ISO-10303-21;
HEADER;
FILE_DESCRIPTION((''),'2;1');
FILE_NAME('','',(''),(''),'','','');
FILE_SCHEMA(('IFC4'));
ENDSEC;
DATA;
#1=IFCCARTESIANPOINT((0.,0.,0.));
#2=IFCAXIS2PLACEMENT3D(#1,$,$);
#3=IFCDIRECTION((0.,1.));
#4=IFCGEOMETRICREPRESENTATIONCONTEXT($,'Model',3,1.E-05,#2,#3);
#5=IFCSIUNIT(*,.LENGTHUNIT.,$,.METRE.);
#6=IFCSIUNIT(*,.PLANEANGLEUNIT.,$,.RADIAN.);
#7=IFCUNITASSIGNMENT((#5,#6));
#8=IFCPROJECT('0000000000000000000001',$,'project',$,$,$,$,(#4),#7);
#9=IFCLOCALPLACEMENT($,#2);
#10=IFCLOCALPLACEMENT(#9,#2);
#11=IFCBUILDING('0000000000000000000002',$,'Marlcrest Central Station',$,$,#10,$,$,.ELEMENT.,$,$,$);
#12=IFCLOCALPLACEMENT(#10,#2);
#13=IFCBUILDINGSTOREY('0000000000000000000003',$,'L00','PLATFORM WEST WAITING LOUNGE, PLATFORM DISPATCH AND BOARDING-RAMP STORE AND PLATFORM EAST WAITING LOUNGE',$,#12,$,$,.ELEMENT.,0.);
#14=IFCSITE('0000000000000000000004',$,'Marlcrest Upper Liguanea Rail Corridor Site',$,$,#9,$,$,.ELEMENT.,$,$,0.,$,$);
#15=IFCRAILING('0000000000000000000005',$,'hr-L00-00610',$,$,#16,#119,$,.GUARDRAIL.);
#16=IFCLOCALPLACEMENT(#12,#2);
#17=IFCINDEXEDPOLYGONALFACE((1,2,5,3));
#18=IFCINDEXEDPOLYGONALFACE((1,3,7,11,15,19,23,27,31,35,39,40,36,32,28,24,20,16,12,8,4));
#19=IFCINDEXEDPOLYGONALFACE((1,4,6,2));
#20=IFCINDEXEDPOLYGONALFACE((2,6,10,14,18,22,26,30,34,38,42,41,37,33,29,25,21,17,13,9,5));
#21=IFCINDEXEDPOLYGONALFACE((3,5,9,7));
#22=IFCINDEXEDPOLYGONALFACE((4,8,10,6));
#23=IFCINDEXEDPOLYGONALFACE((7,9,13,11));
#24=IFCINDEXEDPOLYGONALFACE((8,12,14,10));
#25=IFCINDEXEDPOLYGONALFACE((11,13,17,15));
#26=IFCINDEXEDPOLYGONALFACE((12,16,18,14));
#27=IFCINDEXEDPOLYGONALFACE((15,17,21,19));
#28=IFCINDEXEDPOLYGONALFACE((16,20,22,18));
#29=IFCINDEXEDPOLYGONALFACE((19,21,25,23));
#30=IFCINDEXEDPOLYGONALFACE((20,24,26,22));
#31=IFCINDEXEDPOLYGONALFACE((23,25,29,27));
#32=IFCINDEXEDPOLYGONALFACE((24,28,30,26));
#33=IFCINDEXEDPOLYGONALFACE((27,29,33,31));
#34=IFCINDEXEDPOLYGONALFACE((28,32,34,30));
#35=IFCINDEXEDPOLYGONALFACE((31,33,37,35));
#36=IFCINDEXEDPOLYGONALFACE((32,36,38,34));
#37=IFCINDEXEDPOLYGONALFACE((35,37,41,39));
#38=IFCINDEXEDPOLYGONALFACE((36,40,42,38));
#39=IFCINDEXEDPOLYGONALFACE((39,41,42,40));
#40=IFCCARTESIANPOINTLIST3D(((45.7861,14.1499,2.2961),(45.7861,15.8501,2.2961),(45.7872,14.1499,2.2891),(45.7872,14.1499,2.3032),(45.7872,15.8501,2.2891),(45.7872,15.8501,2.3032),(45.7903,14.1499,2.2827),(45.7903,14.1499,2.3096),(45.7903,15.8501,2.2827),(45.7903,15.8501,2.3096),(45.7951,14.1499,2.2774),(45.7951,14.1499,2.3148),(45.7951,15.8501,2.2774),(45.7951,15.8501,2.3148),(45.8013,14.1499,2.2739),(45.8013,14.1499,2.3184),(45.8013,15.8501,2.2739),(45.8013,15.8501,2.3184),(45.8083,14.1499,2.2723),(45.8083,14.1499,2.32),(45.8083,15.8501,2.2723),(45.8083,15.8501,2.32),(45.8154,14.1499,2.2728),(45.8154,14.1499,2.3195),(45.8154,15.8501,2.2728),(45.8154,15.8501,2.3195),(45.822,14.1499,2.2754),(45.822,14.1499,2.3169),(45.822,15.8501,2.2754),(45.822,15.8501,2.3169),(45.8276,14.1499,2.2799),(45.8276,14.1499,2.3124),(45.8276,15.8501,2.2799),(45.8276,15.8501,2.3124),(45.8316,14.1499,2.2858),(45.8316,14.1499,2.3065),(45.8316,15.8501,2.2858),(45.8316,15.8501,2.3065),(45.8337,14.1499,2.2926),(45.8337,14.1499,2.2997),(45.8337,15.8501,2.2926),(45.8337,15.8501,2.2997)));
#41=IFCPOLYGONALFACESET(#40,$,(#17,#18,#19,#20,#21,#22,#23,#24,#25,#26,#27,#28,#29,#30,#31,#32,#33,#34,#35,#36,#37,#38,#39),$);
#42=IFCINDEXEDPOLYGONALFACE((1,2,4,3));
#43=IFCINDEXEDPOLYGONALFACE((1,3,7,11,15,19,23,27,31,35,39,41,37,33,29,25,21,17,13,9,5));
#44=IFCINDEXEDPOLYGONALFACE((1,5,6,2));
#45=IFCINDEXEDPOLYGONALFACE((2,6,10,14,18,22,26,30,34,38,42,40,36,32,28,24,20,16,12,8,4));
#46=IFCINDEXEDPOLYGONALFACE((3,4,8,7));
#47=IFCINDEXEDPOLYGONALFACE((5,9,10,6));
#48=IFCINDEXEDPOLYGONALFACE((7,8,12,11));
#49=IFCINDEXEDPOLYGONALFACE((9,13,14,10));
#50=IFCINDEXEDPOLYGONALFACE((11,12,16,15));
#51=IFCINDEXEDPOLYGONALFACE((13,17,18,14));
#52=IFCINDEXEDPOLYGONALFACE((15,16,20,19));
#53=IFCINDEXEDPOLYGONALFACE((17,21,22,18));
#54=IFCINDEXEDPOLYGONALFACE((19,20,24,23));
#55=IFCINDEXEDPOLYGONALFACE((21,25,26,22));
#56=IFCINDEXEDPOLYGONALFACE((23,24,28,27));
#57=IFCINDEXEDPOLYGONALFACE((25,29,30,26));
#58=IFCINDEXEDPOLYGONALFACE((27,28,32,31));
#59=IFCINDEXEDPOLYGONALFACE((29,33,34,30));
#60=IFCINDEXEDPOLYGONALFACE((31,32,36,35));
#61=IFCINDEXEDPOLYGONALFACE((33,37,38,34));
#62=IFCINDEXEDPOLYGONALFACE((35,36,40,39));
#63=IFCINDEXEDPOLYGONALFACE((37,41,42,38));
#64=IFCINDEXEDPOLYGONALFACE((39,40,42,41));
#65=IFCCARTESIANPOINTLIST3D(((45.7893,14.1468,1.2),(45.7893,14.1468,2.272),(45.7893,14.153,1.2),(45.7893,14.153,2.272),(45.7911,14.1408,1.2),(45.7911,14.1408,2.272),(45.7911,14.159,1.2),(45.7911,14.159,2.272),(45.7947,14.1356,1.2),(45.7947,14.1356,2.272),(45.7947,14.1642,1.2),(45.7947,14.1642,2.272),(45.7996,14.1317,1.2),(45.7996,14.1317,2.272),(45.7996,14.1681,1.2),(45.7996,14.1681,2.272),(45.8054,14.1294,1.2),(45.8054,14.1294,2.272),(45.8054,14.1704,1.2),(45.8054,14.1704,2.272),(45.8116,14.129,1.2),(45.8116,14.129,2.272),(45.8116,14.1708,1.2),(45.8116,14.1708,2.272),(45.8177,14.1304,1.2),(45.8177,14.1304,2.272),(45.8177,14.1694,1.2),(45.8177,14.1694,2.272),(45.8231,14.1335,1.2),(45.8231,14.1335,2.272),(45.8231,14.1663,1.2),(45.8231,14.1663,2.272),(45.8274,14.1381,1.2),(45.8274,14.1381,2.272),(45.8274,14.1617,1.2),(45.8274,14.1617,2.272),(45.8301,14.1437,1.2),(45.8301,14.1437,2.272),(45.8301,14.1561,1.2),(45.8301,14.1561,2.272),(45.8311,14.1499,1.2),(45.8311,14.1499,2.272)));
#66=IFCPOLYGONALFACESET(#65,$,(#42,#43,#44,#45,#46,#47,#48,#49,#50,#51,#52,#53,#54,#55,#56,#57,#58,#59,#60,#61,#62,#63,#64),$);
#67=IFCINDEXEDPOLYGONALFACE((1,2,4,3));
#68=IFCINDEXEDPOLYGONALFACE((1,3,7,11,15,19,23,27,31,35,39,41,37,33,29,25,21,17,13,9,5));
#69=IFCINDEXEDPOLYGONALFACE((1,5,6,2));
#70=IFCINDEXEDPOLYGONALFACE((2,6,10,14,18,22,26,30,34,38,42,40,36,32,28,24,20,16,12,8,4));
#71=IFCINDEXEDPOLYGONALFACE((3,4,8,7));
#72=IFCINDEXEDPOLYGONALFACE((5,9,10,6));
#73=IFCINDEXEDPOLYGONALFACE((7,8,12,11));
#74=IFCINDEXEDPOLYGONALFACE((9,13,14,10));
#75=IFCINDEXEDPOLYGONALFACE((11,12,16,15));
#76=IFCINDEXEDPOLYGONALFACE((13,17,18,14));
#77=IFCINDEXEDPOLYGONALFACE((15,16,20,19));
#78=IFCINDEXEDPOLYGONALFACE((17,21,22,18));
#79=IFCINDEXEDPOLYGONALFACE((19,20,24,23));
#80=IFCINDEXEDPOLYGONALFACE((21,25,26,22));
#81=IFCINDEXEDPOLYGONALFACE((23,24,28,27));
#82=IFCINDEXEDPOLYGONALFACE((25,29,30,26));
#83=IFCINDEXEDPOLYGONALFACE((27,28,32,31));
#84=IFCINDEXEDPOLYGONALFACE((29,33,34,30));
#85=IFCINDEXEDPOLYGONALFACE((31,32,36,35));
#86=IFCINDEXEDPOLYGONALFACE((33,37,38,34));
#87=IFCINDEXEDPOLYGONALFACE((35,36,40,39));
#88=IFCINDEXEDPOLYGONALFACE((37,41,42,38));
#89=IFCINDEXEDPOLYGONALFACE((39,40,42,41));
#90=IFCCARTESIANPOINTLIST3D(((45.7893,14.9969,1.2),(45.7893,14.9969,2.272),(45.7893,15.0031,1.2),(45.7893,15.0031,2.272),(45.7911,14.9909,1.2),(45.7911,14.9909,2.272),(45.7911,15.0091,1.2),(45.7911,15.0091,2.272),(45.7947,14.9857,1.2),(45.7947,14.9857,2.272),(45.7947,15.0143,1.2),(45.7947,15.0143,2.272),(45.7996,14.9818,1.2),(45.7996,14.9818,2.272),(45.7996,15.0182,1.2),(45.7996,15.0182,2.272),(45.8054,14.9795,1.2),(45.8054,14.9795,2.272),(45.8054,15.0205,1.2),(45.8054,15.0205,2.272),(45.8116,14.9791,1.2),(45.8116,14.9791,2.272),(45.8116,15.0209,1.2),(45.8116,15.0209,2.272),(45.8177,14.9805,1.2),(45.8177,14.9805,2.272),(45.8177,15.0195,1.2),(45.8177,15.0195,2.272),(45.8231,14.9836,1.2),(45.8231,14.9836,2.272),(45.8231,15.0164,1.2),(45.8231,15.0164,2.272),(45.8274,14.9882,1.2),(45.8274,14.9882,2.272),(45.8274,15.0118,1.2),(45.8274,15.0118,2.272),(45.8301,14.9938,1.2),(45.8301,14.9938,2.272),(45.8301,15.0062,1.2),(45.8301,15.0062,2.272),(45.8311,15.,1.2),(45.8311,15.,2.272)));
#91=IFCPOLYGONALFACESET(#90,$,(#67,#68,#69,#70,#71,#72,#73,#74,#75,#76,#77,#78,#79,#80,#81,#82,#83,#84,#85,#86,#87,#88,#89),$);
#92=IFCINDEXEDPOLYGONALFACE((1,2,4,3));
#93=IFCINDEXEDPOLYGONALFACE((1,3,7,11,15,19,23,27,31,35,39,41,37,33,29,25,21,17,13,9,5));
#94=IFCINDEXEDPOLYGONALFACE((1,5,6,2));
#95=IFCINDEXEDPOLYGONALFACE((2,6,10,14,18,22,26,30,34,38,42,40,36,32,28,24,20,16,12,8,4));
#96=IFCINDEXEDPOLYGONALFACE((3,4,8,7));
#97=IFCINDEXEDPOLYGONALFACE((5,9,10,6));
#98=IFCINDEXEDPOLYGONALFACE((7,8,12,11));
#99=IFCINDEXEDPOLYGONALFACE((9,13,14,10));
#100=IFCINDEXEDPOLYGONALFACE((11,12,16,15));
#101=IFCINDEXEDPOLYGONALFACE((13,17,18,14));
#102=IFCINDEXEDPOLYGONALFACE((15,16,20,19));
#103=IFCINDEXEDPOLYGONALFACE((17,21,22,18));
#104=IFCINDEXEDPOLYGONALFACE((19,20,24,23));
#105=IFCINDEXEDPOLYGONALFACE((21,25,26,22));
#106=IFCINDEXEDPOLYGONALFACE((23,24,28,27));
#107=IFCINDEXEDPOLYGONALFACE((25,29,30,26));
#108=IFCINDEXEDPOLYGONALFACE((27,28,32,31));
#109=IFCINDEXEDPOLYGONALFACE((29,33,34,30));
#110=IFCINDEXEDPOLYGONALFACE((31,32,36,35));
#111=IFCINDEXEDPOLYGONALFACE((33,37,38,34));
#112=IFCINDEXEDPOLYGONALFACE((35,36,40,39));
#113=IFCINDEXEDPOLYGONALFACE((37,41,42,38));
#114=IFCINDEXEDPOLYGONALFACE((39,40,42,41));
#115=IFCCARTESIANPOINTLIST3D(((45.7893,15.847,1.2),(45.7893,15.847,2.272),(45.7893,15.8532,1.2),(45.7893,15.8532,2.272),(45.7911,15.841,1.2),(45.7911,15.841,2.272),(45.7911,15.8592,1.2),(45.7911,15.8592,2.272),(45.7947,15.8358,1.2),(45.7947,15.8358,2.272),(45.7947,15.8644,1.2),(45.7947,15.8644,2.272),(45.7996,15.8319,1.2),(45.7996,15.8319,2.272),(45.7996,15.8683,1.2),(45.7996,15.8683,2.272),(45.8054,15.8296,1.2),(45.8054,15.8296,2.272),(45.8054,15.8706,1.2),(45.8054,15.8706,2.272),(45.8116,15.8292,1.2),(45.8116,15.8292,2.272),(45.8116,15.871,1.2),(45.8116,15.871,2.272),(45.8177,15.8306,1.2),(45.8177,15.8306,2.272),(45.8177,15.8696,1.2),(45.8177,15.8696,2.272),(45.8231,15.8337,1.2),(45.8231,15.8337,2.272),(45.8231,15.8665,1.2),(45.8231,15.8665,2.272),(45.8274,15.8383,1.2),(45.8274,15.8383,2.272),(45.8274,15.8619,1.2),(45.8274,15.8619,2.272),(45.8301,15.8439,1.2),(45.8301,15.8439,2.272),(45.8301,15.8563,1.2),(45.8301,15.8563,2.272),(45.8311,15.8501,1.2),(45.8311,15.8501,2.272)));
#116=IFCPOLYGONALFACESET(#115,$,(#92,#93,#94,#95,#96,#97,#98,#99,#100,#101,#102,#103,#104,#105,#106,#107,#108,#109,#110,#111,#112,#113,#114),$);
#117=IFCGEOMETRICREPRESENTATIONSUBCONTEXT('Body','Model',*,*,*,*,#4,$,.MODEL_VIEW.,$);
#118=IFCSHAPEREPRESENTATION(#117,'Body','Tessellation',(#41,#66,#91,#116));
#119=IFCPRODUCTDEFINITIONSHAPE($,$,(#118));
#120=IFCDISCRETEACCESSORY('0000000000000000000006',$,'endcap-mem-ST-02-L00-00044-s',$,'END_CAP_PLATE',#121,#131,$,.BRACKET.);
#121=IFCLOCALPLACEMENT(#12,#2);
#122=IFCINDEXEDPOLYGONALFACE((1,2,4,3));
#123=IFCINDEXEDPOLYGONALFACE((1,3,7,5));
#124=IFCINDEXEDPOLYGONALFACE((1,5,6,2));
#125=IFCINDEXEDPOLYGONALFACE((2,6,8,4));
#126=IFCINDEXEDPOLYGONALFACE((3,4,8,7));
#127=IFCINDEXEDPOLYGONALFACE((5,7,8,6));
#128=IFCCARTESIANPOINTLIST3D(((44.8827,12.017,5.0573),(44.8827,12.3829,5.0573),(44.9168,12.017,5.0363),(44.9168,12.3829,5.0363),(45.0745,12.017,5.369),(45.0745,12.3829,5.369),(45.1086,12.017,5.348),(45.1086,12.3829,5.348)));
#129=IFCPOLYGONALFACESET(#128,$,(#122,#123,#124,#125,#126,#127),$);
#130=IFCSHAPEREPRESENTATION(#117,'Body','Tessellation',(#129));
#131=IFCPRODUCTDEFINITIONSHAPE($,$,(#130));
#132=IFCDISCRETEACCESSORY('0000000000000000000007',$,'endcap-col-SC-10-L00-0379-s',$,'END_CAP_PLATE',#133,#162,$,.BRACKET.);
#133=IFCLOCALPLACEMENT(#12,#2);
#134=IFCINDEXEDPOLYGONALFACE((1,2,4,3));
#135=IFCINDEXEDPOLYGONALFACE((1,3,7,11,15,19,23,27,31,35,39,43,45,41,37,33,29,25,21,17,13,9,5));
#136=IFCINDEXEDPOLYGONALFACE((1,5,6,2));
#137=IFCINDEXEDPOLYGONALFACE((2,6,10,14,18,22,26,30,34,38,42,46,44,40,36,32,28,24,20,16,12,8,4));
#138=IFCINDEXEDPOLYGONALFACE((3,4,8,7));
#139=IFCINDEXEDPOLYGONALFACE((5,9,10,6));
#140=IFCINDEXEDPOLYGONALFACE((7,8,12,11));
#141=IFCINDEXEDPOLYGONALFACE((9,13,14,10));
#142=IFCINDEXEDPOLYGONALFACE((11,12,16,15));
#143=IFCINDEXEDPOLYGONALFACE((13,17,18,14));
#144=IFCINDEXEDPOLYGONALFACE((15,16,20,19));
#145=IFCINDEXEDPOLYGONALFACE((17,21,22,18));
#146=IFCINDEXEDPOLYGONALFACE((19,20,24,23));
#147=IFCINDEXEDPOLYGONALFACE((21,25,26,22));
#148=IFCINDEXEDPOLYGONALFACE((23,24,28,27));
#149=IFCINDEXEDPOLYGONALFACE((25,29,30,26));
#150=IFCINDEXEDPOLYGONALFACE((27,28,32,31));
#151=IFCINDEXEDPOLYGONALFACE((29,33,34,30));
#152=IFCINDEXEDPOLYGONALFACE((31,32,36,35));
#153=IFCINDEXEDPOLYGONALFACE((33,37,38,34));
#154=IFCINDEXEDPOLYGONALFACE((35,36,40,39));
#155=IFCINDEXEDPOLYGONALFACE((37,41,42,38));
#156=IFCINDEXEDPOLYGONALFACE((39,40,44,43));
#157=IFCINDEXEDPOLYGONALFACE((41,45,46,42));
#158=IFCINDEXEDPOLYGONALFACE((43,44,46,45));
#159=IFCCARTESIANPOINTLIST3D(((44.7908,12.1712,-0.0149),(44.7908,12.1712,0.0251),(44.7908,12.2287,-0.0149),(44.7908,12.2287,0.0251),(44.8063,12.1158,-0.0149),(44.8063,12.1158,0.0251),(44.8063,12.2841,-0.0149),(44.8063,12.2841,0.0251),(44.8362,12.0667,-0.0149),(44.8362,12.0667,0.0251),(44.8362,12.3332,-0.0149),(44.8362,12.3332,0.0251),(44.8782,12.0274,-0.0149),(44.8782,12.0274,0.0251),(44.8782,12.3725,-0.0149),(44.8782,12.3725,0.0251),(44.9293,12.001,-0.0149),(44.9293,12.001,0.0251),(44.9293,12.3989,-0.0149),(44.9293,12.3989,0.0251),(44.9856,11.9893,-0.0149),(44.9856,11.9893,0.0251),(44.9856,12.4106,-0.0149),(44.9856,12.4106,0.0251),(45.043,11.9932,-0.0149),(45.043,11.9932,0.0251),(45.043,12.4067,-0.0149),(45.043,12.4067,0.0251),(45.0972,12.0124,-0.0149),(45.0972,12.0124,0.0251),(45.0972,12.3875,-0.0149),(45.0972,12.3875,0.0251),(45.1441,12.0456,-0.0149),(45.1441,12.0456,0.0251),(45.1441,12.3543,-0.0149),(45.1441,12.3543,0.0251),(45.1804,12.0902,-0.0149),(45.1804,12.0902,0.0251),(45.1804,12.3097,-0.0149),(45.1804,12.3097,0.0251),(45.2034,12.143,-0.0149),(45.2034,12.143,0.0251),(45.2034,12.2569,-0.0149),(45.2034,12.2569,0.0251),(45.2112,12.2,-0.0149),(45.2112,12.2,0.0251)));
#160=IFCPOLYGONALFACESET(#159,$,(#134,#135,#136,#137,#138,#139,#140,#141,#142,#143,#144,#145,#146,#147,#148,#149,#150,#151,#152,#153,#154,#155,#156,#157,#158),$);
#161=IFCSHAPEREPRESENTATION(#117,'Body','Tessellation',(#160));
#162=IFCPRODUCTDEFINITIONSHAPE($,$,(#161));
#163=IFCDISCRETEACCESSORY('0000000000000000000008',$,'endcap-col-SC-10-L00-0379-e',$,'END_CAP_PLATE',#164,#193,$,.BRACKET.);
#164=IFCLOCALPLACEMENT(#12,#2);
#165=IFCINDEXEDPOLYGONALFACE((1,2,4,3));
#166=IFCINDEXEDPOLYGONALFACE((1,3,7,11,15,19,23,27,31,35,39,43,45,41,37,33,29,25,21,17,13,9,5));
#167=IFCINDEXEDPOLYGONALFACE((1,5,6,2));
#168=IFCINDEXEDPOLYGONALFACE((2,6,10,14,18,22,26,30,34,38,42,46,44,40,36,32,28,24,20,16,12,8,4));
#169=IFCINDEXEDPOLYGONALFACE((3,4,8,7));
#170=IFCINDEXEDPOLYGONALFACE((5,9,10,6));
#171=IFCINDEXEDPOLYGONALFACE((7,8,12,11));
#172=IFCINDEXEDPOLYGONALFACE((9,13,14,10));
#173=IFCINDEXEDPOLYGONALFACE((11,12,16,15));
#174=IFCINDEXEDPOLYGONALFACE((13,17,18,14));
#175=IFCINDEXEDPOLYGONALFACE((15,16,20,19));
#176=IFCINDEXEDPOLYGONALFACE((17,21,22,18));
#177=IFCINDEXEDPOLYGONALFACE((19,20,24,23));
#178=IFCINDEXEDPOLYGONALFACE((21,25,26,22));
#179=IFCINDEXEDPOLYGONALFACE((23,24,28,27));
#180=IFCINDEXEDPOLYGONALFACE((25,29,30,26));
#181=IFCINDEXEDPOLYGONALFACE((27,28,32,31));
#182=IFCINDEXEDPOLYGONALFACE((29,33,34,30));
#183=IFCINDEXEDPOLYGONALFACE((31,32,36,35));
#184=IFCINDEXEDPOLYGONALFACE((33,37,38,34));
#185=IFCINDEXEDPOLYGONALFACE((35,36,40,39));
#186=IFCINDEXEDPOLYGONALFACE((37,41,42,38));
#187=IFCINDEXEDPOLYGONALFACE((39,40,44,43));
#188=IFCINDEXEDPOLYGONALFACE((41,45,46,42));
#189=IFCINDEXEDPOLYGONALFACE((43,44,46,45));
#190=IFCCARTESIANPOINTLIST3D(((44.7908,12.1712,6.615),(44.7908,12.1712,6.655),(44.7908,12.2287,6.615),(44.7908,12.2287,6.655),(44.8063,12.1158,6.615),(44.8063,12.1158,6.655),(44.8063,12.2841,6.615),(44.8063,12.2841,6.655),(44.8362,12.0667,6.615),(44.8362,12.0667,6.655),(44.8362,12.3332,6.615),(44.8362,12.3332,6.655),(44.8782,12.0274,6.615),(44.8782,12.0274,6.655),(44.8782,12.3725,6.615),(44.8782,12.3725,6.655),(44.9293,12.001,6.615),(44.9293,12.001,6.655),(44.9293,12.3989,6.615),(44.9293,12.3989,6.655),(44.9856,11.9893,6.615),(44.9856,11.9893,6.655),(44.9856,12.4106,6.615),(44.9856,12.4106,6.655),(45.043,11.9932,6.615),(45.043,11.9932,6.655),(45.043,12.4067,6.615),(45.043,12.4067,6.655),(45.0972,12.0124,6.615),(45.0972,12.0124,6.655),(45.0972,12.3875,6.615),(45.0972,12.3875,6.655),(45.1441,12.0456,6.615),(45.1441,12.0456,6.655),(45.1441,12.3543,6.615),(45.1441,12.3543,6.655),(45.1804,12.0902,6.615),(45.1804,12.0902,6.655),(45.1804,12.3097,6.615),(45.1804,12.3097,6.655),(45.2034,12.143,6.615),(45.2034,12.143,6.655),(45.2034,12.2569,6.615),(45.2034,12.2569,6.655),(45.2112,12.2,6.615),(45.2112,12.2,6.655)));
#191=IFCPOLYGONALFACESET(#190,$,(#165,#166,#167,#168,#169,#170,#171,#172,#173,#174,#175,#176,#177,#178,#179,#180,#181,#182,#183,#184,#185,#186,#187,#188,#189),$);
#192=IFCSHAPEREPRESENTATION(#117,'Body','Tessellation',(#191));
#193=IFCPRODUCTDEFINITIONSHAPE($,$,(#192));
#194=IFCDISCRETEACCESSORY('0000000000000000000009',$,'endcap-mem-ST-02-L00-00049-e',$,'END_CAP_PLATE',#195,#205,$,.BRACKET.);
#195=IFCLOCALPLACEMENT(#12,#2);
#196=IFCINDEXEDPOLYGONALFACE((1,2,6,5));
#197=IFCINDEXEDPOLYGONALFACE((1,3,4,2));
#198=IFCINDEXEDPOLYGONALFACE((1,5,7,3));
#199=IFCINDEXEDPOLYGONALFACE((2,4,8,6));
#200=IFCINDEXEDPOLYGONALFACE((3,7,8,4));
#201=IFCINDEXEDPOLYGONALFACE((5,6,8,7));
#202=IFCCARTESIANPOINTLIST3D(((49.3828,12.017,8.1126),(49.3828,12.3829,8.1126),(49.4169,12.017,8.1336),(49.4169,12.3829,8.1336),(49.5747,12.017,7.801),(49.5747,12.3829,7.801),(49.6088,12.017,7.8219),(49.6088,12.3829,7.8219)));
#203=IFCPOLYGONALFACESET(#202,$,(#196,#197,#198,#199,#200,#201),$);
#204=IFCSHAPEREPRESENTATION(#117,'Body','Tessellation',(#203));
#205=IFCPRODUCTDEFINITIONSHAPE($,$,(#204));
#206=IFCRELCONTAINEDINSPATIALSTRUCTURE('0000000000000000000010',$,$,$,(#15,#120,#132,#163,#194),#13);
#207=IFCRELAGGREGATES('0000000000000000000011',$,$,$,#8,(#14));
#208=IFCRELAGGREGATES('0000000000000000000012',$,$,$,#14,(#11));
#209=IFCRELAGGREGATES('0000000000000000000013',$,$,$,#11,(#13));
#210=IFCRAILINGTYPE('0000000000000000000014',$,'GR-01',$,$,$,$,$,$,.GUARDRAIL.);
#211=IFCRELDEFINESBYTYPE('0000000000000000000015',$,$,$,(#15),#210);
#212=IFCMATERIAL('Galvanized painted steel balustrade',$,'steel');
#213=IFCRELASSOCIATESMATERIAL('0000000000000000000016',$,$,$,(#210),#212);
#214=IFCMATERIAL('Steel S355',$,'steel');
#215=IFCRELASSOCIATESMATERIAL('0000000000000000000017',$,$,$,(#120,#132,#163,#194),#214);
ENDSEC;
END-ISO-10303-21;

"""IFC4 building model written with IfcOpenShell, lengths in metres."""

from ifc_helpers import new_model, si_unit, direction, frame, origin, origin_2d, place, context, subcontext, project, spatial, rectangle, circle, extrude, material, type_object, element, save


model = new_model("IFC4")

# Units and contexts
model_context = context("Model", 3, precision=1e-05, world=origin(), true_north=direction((0.0, 1.0)))
body_context = subcontext(model_context, "Body", "Model", "MODEL_VIEW")
ifc_project = project(units=[si_unit("LENGTHUNIT", "METRE"), si_unit("PLANEANGLEUNIT", "RADIAN")], contexts=[model_context])

# Site, building, storey
site_placement = place(None, origin())
site = spatial("IfcSite", under=ifc_project, at=site_placement, Name="Marlcrest Upper Liguanea Rail Corridor Site", CompositionType="ELEMENT", RefElevation=0.0)
building_placement = place(site_placement, origin())
building = spatial("IfcBuilding", under=site, at=building_placement, Name="Marlcrest Central Station", CompositionType="ELEMENT")
storey_placement = place(building_placement, origin())
storey = spatial("IfcBuildingStorey", under=building, at=storey_placement, Name="L00", Description="PLATFORM WEST WAITING LOUNGE, PLATFORM DISPATCH AND BOARDING-RAMP STORE AND PLATFORM EAST WAITING LOUNGE", CompositionType="ELEMENT", Elevation=0.0)

# Shared definitions
ifc_material_1 = material(Name="Steel S355", Category="steel")

# Railing
ifc_material_2 = material(Name="Galvanized painted steel balustrade", Category="steel")
railing_type_1 = type_object("IfcRailingType", Name="GR-01", PredefinedType="GUARDRAIL", material=ifc_material_2)
railing_1_placement = place(storey_placement, frame((45.8101, 14.1499, 1.2)))
element("IfcRailing", 1, at=railing_1_placement, inside=storey, type_object=railing_type_1, Name="hr-L00-00610", PredefinedType="GUARDRAIL", context=body_context, shape_type="SweptSolid", body=[
    extrude(circle(Radius=0.0239, at=origin_2d()), frame((0.0, 0.0, 1.0962), z_axis=(0.0, 1.0, 0.0), x_axis=(-1.0, 0.0, 0.0)), (0.0, 0.0, 1.0), 1.7002),
    extrude(circle(Radius=0.021, at=origin_2d()), origin(), (0.0, 0.0, 1.0), 1.072),
    extrude(circle(Radius=0.021, at=origin_2d()), frame((0.0, 0.8501, 0.0)), (0.0, 0.0, 1.0), 1.072),
    extrude(circle(Radius=0.021, at=origin_2d()), frame((0.0, 1.7002, 0.0)), (0.0, 0.0, 1.0), 1.072),
])

# Discrete accessories
discrete_accessory_1_placement = place(storey_placement, frame((45.0127, 12.2, 5.1921), z_axis=(-0.851592, 0.0, 0.524206), x_axis=(0.0, -1.0, 0.0)))
element("IfcDiscreteAccessory", 2, at=discrete_accessory_1_placement, inside=storey, material=ifc_material_1, Name="endcap-mem-ST-02-L00-00044-s", ObjectType="END_CAP_PLATE", PredefinedType="BRACKET", context=body_context, shape_type="SweptSolid", body=[
    extrude(rectangle(XDim=0.366, YDim=0.366, at=origin_2d()), origin(), (0.0, 0.0, 1.0), 0.04),
])
for number, where, z_axis, x_axis, name in (
    (3, (45.0, 12.2, -0.0149), (0.0, 0.0, 1.0), (1.0, 0.0, 0.0), "endcap-col-SC-10-L00-0379-s"),
    (4, (45.0, 12.2, 6.615), (0.0, 0.0, 1.0), (1.0, 0.0, 0.0), "endcap-col-SC-10-L00-0379-e"),
):
    element("IfcDiscreteAccessory", number, at=place(storey_placement, frame(where, z_axis=z_axis, x_axis=x_axis)), inside=storey, material=ifc_material_1, Name=name, ObjectType="END_CAP_PLATE", PredefinedType="BRACKET", context=body_context, shape_type="SweptSolid", body=[
        extrude(circle(Radius=0.2112, at=origin_2d()), origin(), (0.0, 0.0, 1.0), 0.04),
    ])
for number, where, z_axis, x_axis, name in (
    (5, (49.4788, 12.2, 7.9568), (0.851592, 0.0, 0.524206), (0.0, 1.0, 0.0), "endcap-mem-ST-02-L00-00049-e"),
):
    element("IfcDiscreteAccessory", number, at=place(storey_placement, frame(where, z_axis=z_axis, x_axis=x_axis)), inside=storey, material=ifc_material_1, Name=name, ObjectType="END_CAP_PLATE", PredefinedType="BRACKET", context=body_context, shape_type="SweptSolid", body=[
        extrude(rectangle(XDim=0.366, YDim=0.366, at=origin_2d()), origin(), (0.0, 0.0, 1.0), 0.04),
    ])

save(model, "model.ifc")
